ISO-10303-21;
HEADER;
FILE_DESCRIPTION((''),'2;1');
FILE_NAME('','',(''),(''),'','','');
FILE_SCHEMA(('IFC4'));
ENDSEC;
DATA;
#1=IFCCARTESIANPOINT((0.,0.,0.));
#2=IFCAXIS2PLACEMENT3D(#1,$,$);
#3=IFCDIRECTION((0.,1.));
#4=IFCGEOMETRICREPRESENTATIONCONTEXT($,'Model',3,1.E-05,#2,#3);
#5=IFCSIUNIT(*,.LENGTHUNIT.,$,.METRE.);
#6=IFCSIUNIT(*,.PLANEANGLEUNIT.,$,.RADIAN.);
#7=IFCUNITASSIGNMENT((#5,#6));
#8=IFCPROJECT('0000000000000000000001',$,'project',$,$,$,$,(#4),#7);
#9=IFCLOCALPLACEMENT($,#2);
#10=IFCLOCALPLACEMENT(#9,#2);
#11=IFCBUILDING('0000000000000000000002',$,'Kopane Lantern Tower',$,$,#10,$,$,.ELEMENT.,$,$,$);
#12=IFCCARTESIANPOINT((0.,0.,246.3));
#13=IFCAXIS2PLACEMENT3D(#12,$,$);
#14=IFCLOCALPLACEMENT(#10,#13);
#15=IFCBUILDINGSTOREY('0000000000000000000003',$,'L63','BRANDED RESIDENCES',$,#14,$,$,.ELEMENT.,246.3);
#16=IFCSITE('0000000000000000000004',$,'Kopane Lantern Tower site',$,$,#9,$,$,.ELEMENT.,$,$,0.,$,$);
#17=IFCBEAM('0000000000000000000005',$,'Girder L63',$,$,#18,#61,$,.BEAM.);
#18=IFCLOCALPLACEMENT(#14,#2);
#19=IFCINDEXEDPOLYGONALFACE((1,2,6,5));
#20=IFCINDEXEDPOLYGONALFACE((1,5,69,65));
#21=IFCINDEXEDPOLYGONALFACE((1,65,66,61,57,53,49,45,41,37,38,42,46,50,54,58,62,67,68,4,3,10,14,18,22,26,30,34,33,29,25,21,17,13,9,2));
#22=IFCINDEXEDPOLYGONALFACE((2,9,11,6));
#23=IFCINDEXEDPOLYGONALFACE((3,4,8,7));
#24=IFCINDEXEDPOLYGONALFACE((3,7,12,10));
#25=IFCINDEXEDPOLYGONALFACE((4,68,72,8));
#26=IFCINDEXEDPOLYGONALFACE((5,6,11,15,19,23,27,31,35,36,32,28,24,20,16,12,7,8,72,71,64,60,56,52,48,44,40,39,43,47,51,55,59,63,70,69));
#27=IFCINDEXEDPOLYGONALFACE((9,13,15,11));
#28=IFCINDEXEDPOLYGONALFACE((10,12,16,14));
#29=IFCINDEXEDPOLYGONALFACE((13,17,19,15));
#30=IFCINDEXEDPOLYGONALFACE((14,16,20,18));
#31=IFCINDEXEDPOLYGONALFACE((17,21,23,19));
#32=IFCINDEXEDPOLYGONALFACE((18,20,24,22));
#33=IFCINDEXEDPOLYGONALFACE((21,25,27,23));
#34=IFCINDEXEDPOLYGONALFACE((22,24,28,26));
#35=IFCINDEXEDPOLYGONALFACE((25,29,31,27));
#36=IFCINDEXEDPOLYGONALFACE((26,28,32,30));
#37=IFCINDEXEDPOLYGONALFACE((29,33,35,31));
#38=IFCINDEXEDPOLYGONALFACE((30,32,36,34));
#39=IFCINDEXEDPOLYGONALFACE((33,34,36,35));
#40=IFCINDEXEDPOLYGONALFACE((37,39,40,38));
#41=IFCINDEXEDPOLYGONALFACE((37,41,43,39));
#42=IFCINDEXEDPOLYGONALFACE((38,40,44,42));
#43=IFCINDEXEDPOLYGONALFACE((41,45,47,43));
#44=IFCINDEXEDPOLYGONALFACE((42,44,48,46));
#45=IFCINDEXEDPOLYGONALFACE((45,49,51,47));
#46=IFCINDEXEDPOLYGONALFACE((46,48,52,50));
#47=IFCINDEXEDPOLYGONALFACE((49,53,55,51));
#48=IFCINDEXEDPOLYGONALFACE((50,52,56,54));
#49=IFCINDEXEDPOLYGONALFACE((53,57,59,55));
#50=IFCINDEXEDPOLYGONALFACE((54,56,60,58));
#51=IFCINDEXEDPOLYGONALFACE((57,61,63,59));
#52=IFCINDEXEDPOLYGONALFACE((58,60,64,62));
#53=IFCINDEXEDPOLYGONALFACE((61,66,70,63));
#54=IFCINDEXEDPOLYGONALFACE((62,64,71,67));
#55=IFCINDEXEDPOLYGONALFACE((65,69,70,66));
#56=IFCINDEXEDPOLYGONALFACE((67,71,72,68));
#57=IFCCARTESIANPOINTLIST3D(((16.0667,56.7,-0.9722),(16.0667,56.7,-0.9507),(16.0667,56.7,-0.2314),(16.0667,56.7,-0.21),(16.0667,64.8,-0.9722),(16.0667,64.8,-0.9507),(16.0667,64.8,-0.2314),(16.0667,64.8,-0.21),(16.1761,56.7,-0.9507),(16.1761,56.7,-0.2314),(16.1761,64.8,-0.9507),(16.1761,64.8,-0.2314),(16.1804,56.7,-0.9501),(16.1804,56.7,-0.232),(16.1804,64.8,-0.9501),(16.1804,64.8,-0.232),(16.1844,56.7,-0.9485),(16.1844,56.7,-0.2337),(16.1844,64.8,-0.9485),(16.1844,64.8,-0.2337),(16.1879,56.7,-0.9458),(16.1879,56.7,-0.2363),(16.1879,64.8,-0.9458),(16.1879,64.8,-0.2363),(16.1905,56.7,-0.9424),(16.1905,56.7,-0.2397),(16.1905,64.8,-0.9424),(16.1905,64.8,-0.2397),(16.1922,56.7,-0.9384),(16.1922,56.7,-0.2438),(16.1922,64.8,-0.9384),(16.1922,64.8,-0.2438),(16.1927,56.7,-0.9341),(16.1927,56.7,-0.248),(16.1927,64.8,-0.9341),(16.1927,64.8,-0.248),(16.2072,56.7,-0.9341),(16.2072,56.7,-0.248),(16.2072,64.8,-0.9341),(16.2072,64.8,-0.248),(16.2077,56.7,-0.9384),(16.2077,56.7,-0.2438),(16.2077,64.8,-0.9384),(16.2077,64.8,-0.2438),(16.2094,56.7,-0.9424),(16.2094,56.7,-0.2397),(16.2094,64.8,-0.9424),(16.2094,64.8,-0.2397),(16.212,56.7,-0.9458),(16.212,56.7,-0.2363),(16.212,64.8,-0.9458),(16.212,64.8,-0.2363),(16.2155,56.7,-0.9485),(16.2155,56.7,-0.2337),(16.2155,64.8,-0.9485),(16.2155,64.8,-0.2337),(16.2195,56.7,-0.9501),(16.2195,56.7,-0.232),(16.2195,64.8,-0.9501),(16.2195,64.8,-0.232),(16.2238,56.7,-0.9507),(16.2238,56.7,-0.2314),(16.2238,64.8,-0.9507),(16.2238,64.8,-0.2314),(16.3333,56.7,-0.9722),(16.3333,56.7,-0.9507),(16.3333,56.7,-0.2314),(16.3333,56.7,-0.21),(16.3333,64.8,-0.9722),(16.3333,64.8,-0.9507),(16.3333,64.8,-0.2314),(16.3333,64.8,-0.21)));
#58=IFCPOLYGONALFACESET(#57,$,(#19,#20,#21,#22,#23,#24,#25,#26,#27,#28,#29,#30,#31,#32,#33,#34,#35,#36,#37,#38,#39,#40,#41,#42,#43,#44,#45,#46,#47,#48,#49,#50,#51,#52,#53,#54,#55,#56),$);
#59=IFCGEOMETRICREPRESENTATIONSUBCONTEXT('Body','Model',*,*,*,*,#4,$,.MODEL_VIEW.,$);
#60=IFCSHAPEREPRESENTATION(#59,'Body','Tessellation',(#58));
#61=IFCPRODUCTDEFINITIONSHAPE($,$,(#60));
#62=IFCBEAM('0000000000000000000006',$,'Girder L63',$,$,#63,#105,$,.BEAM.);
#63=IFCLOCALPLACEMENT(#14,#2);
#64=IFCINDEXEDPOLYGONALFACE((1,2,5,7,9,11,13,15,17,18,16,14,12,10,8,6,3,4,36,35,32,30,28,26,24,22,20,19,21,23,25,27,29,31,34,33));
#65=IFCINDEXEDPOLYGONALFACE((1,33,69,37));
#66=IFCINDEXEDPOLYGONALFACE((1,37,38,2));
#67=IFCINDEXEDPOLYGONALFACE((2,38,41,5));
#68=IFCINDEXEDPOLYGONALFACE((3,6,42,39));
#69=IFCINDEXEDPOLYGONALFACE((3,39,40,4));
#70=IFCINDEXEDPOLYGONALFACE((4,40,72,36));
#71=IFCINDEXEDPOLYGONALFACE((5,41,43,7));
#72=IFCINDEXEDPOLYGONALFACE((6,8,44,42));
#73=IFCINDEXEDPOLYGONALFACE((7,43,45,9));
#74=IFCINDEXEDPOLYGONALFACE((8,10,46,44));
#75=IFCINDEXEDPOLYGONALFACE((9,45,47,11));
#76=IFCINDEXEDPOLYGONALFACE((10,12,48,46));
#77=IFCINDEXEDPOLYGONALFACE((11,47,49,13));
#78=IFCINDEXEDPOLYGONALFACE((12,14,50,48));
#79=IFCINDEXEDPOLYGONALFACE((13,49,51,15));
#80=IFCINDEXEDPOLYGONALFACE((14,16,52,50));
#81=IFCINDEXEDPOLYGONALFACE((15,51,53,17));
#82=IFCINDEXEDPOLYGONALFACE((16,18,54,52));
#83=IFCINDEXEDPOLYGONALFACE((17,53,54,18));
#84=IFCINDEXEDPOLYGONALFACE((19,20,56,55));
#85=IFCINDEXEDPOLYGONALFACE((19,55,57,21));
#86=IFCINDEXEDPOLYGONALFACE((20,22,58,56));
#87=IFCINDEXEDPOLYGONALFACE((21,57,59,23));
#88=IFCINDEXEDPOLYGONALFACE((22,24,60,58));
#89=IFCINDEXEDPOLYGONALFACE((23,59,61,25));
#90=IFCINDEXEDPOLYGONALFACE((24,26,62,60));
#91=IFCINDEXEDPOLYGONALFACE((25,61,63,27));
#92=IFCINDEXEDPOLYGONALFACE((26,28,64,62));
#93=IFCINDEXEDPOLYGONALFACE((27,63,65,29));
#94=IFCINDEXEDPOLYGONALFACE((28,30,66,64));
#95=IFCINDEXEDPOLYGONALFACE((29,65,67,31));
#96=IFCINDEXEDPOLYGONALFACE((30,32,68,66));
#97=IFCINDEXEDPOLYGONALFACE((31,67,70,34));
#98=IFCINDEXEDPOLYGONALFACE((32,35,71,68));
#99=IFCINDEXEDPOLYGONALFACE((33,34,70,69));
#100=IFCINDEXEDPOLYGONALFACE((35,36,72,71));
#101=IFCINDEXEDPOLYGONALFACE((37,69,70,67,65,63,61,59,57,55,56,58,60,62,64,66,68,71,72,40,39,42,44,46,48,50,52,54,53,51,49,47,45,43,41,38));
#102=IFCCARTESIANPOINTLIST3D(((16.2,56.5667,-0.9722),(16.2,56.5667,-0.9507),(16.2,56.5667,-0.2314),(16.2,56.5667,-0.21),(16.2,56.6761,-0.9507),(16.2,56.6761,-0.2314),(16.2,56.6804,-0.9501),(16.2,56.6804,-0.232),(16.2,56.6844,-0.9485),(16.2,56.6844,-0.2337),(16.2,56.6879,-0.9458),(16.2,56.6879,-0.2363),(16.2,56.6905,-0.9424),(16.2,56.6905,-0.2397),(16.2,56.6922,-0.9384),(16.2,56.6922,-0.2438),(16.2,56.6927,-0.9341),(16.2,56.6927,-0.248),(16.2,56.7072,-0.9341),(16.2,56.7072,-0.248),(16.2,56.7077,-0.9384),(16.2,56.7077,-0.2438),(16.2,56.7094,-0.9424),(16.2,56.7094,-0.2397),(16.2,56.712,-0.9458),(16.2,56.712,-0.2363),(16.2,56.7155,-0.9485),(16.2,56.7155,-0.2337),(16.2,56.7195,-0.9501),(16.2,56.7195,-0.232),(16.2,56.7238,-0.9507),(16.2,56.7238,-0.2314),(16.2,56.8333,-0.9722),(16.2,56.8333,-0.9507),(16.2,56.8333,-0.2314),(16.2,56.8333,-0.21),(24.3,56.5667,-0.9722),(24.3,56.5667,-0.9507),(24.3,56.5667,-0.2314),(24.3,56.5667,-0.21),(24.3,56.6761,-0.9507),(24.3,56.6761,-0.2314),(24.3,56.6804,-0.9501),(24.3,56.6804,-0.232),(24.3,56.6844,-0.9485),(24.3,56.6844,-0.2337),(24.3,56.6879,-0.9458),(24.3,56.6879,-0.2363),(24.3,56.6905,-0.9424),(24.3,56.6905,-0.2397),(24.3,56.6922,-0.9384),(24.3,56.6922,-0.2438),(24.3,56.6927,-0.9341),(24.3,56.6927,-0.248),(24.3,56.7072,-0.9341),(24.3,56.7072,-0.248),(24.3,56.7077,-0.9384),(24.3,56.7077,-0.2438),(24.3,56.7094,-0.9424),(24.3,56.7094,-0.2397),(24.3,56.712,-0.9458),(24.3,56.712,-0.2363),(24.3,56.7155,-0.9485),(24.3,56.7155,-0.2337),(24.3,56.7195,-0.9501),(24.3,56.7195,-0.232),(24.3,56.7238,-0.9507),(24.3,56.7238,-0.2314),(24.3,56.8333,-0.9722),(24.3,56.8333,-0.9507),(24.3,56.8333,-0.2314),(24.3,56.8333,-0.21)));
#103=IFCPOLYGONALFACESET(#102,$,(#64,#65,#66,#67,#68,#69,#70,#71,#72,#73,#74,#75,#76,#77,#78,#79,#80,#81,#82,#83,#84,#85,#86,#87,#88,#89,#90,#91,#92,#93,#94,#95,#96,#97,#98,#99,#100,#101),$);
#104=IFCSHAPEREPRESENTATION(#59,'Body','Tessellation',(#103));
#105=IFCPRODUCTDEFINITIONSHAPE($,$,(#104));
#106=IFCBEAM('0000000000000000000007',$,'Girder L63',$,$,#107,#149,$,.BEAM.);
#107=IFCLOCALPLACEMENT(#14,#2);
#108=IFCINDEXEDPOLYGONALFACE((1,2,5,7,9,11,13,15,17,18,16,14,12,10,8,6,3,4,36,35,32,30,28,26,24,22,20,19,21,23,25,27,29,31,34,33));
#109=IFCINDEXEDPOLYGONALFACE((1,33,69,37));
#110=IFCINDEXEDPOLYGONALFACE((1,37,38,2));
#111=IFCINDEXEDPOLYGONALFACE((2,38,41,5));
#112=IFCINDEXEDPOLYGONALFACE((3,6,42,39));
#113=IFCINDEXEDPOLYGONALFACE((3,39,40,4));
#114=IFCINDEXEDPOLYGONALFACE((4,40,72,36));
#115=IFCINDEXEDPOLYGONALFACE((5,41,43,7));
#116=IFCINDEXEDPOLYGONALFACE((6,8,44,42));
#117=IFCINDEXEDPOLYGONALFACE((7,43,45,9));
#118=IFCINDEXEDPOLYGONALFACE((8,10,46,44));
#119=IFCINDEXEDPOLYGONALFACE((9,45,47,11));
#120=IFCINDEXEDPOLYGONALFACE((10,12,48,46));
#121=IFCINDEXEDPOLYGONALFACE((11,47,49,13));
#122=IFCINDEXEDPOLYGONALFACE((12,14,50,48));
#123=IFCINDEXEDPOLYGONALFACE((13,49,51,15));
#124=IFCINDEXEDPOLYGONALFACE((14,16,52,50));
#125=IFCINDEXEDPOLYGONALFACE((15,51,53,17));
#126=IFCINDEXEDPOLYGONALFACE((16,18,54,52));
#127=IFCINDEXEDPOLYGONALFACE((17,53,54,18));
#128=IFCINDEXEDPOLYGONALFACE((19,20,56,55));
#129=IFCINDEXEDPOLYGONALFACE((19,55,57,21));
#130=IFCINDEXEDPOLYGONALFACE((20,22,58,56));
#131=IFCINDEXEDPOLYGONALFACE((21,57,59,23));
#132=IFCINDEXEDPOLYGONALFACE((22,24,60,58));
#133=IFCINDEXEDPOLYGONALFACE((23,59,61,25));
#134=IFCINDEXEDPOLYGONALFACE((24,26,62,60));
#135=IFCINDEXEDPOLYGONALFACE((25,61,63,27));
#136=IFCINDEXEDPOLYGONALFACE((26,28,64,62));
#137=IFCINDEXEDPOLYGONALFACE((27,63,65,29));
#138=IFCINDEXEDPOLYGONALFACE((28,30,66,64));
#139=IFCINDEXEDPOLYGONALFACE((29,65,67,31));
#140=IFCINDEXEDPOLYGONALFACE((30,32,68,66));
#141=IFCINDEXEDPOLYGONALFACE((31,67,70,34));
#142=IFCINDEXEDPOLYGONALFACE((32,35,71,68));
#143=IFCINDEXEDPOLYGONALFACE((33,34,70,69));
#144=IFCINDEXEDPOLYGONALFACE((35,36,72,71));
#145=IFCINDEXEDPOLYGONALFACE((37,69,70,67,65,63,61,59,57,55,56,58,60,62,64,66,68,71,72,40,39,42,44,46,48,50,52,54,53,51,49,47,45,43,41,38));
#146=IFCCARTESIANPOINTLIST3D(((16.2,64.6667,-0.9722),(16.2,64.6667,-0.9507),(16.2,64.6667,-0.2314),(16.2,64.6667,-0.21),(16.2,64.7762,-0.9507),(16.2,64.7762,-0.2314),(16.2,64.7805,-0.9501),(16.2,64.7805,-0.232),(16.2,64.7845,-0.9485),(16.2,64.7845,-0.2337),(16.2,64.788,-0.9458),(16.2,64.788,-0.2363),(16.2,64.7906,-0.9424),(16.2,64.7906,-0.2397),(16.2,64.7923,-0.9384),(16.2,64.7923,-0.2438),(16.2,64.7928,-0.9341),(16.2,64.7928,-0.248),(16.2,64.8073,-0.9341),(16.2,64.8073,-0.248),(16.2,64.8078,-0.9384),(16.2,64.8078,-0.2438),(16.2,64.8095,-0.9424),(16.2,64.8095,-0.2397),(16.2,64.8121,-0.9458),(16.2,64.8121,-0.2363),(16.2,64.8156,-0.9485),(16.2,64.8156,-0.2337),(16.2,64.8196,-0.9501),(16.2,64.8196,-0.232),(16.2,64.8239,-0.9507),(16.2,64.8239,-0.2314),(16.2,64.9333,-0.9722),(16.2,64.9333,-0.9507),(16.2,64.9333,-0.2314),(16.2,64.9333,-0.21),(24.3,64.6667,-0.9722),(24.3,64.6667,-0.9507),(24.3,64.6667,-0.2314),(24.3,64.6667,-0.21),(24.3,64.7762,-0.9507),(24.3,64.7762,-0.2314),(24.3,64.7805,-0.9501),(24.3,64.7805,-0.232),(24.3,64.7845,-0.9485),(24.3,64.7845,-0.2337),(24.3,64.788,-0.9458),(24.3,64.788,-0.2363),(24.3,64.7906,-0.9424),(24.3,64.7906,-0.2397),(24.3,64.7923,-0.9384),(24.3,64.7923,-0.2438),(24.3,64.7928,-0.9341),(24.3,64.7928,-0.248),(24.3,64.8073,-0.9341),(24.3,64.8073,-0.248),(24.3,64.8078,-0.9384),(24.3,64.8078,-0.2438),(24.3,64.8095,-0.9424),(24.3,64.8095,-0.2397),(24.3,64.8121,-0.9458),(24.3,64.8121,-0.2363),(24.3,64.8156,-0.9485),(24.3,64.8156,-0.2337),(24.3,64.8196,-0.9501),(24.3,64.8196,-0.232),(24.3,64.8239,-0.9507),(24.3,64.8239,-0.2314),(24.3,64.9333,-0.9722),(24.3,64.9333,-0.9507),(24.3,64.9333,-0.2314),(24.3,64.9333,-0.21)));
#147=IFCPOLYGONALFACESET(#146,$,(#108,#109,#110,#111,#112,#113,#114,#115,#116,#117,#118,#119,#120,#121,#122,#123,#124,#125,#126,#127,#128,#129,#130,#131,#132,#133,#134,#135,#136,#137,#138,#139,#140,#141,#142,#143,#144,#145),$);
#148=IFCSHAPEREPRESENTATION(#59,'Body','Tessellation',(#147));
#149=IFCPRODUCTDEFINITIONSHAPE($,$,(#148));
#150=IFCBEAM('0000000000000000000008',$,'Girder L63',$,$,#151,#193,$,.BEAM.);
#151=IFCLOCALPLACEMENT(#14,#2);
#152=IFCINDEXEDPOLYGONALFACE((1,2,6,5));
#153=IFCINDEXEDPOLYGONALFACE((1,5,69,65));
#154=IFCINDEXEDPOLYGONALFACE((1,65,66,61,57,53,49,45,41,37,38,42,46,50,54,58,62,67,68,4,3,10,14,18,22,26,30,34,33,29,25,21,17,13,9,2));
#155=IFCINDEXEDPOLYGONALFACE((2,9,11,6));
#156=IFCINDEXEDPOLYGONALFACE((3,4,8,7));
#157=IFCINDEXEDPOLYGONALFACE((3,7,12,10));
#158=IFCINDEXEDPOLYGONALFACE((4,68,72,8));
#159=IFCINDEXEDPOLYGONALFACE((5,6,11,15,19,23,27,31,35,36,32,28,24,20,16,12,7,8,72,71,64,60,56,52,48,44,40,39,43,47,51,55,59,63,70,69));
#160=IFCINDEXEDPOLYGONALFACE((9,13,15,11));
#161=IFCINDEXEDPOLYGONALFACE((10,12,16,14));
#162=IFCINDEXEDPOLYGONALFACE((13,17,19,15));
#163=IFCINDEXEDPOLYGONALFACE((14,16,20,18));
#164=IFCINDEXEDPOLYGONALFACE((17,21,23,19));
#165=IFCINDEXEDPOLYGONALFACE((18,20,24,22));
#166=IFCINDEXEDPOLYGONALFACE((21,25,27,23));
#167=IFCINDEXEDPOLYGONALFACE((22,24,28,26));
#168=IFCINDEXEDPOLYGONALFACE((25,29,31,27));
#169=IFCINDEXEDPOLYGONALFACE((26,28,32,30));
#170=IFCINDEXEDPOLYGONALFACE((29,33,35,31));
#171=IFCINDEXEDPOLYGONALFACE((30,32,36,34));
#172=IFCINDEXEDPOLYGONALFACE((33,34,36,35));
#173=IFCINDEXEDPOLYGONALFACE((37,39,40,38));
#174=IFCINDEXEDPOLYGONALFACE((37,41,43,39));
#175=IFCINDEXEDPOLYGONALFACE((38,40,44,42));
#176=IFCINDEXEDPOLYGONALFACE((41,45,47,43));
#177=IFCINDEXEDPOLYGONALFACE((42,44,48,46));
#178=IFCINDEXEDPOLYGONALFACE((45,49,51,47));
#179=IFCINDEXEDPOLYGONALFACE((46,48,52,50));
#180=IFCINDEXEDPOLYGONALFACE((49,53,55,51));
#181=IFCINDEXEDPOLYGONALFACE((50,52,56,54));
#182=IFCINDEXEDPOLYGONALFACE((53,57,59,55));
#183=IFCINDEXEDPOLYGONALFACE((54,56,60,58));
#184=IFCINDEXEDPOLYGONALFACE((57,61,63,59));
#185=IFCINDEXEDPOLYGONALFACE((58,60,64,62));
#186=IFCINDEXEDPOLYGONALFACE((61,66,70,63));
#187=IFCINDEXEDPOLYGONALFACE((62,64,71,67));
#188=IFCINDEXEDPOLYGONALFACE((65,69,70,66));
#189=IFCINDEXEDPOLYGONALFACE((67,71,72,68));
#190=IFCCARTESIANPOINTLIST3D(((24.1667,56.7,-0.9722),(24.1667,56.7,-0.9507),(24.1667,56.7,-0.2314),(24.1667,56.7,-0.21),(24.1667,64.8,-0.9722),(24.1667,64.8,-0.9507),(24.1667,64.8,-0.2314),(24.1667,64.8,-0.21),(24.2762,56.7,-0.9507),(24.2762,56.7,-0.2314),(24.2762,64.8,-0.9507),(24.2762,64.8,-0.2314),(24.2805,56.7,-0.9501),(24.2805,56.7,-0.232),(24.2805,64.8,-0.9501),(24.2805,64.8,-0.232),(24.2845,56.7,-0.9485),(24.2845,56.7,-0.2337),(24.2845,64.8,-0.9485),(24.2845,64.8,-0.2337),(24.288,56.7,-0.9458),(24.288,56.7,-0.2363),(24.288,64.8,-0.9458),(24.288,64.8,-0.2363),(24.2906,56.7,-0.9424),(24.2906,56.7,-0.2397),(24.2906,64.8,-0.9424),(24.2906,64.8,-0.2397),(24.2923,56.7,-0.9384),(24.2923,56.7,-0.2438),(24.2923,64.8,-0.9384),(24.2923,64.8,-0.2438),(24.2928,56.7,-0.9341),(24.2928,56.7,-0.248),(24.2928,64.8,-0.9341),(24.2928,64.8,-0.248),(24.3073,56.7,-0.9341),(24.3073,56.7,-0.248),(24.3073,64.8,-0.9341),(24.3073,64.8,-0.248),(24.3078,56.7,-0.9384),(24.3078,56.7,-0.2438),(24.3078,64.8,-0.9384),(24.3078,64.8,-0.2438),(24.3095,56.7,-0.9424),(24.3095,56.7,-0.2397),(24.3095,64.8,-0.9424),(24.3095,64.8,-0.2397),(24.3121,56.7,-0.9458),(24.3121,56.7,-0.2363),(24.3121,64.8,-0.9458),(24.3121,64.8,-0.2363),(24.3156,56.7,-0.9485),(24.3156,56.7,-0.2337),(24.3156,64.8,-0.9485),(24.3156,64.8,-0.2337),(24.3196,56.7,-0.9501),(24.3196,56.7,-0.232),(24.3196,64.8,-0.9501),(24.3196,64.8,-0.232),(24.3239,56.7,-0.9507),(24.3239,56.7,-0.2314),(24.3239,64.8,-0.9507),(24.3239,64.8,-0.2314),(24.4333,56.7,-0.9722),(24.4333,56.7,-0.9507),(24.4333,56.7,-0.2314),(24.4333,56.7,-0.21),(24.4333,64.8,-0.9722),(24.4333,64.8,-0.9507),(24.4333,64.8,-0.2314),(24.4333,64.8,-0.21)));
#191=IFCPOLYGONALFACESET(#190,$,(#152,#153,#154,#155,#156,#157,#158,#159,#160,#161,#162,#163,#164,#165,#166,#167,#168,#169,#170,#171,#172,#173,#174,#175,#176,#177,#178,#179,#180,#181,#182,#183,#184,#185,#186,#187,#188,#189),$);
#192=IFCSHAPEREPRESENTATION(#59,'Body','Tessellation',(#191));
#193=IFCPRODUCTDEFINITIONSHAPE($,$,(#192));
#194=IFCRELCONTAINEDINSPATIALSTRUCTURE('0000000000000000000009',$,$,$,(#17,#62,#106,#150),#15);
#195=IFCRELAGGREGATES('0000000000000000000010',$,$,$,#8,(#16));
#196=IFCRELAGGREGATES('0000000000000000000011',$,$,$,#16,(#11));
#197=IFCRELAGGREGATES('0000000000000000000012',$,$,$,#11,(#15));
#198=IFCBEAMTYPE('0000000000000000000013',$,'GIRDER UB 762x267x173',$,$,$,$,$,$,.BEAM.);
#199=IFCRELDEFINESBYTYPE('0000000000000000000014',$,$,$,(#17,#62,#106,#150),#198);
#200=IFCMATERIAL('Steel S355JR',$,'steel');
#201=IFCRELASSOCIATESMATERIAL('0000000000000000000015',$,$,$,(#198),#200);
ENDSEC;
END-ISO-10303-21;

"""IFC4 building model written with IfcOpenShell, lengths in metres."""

from ifc_helpers import new_model, si_unit, direction, frame, origin, origin_2d, place, context, subcontext, project, spatial, i_section, extrude, material, material_profile, profile_set, type_object, element, save


model = new_model("IFC4")

# Units and contexts
model_context = context("Model", 3, precision=1e-05, world=origin(), true_north=direction((0.0, 1.0)))
body_context = subcontext(model_context, "Body", "Model", "MODEL_VIEW")
ifc_project = project(units=[si_unit("LENGTHUNIT", "METRE"), si_unit("PLANEANGLEUNIT", "RADIAN")], contexts=[model_context])

# Site, building, storey
site_placement = place(None, origin())
site = spatial("IfcSite", under=ifc_project, at=site_placement, Name="Kopane Lantern Tower site", CompositionType="ELEMENT", RefElevation=0.0)
building_placement = place(site_placement, origin())
building = spatial("IfcBuilding", under=site, at=building_placement, Name="Kopane Lantern Tower", CompositionType="ELEMENT")
storey_placement = place(building_placement, frame((0.0, 0.0, 246.3)))
storey = spatial("IfcBuildingStorey", under=building, at=storey_placement, Name="L63", Description="BRANDED RESIDENCES", CompositionType="ELEMENT", Elevation=246.3)

# Beams
ifc_material_1 = material(Name="Steel S355JR", Category="steel")
ifc_material_profile_1 = material_profile(ifc_material_1, i_section(OverallWidth=0.2666, OverallDepth=0.7622, WebThickness=0.0144, FlangeThickness=0.0215, FilletRadius=0.0166, at=origin_2d()), Name="UB 762x267x173")
ifc_profile_set_1 = profile_set([ifc_material_profile_1], Name="Steel S355JR")
beam_type = type_object("IfcBeamType", Name="GIRDER UB 762x267x173", PredefinedType="BEAM", material=ifc_profile_set_1)
for number, where, z_axis, x_axis, name in (
    (1, (16.2, 56.7, -0.5911), (0.0, 1.0, 0.0), (-1.0, 0.0, 0.0), "Girder L63"),
    (2, (16.2, 56.7, -0.5911), (1.0, 0.0, 0.0), (0.0, 1.0, 0.0), "Girder L63"),
    (3, (16.2, 64.8, -0.5911), (1.0, 0.0, 0.0), (0.0, 1.0, 0.0), "Girder L63"),
    (4, (24.3, 56.7, -0.5911), (0.0, 1.0, 0.0), (-1.0, 0.0, 0.0), "Girder L63"),
):
    element("IfcBeam", number, at=place(storey_placement, frame(where, z_axis=z_axis, x_axis=x_axis)), inside=storey, type_object=beam_type, Name=name, PredefinedType="BEAM", context=body_context, shape_type="SweptSolid", body=[
        extrude(i_section(OverallWidth=0.2666, OverallDepth=0.7622, WebThickness=0.0144, FlangeThickness=0.0215, FilletRadius=0.0166, at=origin_2d()), origin(), (0.0, 0.0, 1.0), 8.1001),
    ])

save(model, "model.ifc")
